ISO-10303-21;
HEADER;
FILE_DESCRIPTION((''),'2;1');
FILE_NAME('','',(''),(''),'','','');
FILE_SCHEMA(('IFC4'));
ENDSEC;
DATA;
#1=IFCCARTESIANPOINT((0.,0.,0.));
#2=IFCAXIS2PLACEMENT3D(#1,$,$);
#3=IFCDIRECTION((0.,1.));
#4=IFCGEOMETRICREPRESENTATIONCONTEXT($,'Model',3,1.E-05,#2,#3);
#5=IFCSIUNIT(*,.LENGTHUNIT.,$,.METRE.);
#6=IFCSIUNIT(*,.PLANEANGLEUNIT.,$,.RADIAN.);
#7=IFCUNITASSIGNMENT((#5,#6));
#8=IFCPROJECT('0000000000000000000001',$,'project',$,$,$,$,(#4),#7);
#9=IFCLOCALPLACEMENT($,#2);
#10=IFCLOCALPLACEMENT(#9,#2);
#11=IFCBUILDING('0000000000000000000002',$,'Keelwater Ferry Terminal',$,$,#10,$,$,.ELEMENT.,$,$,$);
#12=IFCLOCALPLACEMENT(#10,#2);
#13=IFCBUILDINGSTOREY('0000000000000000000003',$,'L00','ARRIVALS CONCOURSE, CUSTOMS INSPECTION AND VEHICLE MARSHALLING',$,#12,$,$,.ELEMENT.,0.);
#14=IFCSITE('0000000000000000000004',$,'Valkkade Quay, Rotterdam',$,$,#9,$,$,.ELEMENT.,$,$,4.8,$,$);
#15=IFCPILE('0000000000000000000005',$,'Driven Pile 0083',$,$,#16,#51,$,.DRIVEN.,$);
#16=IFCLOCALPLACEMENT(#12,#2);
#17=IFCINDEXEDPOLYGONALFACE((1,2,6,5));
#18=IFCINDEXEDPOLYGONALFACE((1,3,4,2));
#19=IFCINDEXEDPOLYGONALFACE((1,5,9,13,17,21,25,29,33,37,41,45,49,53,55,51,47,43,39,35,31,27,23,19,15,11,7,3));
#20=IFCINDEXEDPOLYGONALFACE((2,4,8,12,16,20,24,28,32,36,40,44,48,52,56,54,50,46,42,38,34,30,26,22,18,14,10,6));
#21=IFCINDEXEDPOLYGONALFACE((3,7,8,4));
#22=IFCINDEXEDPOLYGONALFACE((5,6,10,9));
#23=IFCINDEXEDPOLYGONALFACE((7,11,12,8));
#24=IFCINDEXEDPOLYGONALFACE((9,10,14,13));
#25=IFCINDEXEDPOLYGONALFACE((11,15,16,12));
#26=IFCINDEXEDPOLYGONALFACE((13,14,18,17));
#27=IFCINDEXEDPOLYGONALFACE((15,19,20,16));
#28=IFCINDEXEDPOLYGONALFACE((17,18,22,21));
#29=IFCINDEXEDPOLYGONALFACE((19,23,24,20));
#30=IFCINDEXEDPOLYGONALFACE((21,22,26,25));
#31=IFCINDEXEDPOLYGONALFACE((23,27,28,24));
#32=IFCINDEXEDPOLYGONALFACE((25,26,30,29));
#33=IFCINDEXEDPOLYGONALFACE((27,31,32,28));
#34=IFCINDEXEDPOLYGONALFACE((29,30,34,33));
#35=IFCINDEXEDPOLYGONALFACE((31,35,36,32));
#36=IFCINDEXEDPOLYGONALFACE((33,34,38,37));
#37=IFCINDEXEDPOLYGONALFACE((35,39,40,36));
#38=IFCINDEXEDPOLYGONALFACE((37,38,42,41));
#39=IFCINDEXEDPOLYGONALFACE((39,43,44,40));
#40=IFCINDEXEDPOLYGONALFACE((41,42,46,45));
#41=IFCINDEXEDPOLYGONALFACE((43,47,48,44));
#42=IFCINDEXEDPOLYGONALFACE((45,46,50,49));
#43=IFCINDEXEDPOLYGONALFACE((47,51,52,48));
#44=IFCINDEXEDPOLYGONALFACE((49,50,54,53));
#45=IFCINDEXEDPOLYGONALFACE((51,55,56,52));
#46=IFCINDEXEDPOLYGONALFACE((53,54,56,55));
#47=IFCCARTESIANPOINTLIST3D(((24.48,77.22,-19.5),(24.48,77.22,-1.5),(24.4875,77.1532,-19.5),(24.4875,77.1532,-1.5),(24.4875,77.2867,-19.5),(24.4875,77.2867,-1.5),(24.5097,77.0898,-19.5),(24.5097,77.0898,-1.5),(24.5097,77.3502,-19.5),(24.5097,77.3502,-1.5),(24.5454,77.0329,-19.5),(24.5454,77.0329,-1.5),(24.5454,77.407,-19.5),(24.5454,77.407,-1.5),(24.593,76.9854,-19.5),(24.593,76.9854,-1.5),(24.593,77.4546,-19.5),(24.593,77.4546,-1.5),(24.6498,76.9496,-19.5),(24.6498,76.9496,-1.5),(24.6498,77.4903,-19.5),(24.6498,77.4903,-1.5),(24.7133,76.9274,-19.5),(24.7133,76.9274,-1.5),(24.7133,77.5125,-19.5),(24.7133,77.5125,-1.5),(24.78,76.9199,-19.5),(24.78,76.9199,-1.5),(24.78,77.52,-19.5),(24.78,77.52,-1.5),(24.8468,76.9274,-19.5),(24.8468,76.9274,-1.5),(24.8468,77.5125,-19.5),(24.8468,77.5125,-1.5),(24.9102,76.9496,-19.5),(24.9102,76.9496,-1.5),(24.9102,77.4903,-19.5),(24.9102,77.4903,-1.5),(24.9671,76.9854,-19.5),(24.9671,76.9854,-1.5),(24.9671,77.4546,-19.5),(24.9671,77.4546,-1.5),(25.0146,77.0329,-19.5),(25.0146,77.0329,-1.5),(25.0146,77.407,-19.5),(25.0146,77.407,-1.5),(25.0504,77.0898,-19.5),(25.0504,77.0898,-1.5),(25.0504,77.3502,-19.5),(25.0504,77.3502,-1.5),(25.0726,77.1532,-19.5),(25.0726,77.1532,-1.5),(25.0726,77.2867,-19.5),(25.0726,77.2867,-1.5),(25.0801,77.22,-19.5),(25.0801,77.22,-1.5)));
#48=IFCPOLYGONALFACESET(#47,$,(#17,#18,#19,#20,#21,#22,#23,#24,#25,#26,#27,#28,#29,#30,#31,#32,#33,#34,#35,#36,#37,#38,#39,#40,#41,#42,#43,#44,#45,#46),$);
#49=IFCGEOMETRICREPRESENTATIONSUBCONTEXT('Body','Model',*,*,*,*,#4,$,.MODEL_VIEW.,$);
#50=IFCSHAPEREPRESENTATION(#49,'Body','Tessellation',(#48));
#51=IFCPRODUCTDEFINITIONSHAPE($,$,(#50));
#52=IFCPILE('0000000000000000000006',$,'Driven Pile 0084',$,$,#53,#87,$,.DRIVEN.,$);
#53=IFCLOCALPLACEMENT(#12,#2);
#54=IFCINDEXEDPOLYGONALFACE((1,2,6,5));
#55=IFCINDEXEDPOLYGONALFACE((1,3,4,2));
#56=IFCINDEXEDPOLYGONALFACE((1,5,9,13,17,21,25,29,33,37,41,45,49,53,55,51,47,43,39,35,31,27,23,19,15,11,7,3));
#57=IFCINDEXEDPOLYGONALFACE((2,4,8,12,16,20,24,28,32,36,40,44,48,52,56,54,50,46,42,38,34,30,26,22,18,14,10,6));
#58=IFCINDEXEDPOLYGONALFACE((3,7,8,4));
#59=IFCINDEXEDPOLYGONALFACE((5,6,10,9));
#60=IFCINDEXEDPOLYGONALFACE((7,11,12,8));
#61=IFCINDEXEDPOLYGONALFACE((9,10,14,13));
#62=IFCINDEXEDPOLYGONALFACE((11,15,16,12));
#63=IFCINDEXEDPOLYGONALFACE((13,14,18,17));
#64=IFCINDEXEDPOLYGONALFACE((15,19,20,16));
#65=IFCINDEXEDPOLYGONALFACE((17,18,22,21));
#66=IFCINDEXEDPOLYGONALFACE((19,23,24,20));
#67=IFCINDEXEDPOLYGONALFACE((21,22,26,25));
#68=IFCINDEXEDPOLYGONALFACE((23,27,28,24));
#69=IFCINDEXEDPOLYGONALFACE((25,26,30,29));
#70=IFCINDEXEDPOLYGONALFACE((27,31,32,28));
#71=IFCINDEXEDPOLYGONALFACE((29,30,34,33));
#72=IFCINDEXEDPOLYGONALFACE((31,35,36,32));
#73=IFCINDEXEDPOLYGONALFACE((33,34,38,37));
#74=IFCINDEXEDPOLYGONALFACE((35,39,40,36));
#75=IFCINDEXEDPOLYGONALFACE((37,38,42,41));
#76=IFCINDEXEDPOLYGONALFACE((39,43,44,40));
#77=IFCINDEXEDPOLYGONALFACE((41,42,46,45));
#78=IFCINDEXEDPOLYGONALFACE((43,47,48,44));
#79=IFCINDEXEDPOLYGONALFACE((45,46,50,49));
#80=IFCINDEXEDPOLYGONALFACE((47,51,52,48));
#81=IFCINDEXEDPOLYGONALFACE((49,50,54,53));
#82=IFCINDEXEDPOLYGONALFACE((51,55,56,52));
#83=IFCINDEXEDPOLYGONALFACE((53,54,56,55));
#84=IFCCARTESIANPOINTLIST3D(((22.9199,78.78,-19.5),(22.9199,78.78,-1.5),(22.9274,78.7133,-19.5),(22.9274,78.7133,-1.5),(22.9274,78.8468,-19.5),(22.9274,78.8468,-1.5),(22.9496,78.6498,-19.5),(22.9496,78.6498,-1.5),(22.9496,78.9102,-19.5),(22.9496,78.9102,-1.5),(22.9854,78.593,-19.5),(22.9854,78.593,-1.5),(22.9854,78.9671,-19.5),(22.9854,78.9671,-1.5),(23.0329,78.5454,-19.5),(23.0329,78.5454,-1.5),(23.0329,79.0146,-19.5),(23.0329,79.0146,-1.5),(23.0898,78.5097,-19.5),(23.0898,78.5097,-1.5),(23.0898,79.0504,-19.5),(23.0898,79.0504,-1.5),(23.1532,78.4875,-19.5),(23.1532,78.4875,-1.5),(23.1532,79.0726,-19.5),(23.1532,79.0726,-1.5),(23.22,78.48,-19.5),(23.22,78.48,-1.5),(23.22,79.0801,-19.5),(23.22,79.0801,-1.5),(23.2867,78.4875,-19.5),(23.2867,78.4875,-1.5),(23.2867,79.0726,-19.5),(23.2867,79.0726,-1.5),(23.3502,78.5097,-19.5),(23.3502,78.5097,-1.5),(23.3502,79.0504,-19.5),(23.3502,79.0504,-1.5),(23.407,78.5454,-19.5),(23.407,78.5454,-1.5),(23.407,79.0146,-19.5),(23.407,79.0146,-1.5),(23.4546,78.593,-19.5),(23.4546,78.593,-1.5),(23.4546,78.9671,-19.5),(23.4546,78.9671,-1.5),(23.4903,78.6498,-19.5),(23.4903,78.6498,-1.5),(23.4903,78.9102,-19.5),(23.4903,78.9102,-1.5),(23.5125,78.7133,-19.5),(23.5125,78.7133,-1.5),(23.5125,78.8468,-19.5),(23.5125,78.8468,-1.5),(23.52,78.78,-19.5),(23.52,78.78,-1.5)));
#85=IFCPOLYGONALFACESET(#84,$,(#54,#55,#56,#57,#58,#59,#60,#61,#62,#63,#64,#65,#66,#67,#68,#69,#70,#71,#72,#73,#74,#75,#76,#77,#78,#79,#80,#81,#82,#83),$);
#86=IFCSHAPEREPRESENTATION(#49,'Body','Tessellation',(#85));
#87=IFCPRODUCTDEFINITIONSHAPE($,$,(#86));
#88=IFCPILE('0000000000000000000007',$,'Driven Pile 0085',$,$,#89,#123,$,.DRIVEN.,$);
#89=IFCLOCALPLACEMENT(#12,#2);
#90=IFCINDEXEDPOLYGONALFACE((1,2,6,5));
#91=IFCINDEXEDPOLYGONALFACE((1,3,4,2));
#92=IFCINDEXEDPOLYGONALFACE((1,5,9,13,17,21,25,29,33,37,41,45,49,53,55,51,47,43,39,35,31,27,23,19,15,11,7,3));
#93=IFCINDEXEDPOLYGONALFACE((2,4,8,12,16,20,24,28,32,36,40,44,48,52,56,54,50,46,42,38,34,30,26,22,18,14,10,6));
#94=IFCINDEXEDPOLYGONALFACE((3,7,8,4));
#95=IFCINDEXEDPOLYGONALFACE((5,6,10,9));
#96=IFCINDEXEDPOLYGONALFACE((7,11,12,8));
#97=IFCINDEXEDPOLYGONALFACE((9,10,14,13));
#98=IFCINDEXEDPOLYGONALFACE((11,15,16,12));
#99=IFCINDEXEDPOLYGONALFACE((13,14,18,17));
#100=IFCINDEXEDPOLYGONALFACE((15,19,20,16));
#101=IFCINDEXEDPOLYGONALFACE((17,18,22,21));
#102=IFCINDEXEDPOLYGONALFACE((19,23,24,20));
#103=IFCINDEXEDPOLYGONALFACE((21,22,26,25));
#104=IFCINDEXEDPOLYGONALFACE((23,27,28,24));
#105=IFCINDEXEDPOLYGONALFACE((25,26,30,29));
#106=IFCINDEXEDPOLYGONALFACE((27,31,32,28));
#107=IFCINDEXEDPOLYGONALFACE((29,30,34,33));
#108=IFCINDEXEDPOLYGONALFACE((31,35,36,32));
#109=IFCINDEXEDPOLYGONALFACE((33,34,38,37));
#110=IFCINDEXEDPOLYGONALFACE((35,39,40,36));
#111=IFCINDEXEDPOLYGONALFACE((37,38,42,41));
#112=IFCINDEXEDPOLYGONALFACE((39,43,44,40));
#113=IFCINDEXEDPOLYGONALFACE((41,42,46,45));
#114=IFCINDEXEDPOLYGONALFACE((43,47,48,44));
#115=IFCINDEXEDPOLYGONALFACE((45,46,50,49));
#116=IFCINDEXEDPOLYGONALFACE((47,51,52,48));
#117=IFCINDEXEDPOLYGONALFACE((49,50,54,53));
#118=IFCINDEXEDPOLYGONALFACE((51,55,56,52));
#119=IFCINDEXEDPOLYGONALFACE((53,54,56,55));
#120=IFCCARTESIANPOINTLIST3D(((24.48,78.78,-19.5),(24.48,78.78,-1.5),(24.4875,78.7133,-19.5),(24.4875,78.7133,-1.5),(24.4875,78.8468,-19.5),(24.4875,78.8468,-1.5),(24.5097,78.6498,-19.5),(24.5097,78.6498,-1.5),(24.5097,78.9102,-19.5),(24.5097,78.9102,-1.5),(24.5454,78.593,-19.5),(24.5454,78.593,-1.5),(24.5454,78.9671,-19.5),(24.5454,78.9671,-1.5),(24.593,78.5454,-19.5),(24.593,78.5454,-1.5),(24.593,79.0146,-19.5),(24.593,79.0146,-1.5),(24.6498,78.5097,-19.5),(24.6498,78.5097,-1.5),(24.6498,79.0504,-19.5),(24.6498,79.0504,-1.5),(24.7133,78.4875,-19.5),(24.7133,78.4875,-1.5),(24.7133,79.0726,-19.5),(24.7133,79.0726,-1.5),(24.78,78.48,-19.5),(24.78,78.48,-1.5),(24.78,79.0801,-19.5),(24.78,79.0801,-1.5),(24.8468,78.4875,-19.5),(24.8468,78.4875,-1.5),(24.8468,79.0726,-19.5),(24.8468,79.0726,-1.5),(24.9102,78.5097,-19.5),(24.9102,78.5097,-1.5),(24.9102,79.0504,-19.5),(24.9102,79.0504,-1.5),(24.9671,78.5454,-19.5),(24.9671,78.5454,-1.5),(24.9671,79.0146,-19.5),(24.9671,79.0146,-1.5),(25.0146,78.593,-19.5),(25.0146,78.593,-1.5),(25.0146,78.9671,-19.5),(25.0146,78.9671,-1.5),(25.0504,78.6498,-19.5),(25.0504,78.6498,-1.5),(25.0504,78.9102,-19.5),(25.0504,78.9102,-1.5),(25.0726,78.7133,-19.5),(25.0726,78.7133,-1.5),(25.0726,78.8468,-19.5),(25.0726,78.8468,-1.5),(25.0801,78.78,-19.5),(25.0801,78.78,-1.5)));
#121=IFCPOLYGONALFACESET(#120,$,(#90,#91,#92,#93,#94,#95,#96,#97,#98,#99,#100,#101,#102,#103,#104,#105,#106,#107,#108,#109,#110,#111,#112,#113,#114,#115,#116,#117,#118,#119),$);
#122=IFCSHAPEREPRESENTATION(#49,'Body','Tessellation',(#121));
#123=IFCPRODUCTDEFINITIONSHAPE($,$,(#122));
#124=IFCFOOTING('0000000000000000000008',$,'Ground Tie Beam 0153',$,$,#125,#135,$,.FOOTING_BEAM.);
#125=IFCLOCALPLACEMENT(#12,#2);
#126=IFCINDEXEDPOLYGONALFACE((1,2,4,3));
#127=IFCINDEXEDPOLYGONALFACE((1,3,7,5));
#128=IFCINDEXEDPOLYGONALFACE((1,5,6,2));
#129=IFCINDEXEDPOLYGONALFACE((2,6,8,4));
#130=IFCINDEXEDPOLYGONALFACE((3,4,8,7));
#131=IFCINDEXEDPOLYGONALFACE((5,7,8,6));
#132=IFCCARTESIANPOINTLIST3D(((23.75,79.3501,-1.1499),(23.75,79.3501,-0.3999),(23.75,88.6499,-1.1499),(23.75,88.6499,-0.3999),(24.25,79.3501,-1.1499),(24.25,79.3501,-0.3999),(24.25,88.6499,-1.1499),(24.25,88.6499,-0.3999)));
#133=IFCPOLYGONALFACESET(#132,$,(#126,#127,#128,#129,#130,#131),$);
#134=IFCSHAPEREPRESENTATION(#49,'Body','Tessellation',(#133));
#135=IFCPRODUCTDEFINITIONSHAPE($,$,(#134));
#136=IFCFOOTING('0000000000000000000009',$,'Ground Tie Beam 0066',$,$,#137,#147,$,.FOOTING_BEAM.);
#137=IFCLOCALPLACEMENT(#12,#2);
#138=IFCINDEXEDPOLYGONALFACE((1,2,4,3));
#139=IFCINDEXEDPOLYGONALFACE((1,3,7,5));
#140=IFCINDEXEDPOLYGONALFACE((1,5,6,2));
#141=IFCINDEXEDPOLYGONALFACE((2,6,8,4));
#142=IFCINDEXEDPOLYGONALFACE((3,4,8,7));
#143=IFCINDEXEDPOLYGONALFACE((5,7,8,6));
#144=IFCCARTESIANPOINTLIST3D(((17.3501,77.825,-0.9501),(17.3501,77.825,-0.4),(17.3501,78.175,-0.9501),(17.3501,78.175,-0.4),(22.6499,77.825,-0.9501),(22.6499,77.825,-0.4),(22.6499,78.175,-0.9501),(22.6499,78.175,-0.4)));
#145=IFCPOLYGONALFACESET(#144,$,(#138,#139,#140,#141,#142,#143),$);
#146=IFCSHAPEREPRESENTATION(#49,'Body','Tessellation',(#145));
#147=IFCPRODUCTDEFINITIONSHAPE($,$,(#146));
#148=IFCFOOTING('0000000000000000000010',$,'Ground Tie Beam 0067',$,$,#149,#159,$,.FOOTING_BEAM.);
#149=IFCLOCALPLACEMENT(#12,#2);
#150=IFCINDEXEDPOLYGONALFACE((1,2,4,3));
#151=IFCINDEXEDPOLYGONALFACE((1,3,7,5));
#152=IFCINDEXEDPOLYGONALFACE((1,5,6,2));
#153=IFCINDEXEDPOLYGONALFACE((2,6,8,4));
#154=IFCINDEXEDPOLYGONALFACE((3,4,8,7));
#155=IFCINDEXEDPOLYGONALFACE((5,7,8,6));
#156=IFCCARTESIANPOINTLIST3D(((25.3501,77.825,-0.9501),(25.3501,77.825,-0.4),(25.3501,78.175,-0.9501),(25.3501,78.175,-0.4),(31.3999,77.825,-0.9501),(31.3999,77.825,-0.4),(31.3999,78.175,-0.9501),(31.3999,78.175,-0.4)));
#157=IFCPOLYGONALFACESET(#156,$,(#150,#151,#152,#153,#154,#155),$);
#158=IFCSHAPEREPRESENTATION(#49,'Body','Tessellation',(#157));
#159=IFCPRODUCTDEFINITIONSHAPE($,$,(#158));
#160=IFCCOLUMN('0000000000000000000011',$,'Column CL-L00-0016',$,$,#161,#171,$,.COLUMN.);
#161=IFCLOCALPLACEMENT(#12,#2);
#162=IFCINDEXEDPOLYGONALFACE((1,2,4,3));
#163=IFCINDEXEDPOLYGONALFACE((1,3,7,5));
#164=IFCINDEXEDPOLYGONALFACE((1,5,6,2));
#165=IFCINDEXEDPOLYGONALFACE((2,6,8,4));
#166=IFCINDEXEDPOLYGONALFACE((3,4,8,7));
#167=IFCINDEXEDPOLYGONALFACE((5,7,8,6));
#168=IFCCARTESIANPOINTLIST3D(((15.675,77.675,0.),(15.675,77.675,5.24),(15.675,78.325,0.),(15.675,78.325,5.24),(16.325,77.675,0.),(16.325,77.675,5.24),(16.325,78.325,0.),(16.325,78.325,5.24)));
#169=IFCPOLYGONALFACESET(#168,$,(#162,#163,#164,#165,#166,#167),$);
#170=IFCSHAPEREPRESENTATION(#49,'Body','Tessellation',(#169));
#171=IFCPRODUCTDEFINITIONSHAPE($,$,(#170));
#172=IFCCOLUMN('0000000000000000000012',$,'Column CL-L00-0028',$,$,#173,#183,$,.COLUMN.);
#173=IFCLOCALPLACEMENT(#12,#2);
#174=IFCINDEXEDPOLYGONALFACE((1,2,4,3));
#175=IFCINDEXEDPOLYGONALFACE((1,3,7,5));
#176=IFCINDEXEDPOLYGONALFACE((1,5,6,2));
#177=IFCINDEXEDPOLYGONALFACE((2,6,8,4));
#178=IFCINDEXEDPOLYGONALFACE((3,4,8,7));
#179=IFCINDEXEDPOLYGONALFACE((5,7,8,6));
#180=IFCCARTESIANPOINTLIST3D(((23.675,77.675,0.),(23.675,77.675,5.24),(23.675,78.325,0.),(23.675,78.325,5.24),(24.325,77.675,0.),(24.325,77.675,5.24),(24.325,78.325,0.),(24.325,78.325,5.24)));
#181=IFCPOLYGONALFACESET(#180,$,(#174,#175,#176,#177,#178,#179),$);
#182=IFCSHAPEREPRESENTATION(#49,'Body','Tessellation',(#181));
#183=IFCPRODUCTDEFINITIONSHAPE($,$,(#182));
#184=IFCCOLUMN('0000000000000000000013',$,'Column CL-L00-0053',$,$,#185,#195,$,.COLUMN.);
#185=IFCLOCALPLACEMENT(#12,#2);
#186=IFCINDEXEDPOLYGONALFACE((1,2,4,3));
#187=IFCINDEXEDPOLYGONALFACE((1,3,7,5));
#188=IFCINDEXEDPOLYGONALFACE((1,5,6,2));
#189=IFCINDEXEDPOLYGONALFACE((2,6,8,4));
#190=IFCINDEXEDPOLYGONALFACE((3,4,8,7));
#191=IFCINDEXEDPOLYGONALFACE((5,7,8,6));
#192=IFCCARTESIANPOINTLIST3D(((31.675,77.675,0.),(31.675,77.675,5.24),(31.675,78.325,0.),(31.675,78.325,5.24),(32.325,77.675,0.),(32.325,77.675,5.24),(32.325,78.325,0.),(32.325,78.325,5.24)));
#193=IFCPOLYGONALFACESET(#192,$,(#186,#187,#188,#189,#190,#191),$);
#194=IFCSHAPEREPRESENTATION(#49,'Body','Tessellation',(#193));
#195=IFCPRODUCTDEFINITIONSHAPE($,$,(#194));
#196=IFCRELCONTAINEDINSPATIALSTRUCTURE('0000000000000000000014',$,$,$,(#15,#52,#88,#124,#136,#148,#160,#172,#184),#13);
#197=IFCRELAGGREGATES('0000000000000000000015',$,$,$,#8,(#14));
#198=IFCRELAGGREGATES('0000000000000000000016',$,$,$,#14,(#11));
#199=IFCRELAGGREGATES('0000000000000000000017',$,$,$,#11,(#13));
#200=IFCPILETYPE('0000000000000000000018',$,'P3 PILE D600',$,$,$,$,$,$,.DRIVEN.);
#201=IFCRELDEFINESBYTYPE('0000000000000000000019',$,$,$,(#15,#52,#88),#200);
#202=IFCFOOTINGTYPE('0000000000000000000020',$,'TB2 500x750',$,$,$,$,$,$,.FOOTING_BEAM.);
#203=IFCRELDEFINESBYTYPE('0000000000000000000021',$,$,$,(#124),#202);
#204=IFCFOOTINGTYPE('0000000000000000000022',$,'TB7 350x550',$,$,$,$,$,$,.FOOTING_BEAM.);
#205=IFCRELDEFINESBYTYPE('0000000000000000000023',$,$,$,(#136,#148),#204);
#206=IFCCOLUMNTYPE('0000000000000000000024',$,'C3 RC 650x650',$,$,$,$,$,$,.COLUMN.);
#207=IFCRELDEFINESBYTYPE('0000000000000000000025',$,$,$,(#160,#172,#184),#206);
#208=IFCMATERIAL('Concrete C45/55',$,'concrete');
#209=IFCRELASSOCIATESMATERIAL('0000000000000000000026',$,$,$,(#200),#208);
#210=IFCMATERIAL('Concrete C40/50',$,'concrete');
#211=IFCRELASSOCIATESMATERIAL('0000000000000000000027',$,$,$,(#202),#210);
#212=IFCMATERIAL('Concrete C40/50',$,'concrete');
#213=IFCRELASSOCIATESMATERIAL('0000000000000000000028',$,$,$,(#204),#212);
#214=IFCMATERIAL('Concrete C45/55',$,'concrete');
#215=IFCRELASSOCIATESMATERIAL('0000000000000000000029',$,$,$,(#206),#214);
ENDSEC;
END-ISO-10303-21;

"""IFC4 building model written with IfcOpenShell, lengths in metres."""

from ifc_helpers import new_model, si_unit, direction, frame, origin, origin_2d, place, context, subcontext, project, spatial, rectangle, circle, extrude, material, material_profile, profile_set, type_object, element, save


model = new_model("IFC4")

# Units and contexts
model_context = context("Model", 3, precision=1e-05, world=origin(), true_north=direction((0.0, 1.0)))
body_context = subcontext(model_context, "Body", "Model", "MODEL_VIEW")
ifc_project = project(units=[si_unit("LENGTHUNIT", "METRE"), si_unit("PLANEANGLEUNIT", "RADIAN")], contexts=[model_context])

# Site, building, storey
site_placement = place(None, origin())
site = spatial("IfcSite", under=ifc_project, at=site_placement, Name="Valkkade Quay, Rotterdam", CompositionType="ELEMENT", RefElevation=4.8)
building_placement = place(site_placement, origin())
building = spatial("IfcBuilding", under=site, at=building_placement, Name="Keelwater Ferry Terminal", CompositionType="ELEMENT")
storey_placement = place(building_placement, origin())
storey = spatial("IfcBuildingStorey", under=building, at=storey_placement, Name="L00", Description="ARRIVALS CONCOURSE, CUSTOMS INSPECTION AND VEHICLE MARSHALLING", CompositionType="ELEMENT", Elevation=0.0)

# Piles
ifc_material_1 = material(Name="Concrete C45/55", Category="concrete")
ifc_material_profile_1 = material_profile(ifc_material_1, circle(Radius=0.3, at=origin_2d()), Name="PILE D600")
ifc_profile_set_1 = profile_set([ifc_material_profile_1], Name="Concrete C45/55")
pile_type = type_object("IfcPileType", Name="P3 PILE D600", PredefinedType="DRIVEN", material=ifc_profile_set_1)
for number, where, z_axis, x_axis, name in (
    (1, (24.78, 77.22, -1.5), (0.0, 0.0, -1.0), (1.0, 0.0, 0.0), "Driven Pile 0083"),
    (2, (23.22, 78.78, -1.5), (0.0, 0.0, -1.0), (1.0, 0.0, 0.0), "Driven Pile 0084"),
    (3, (24.78, 78.78, -1.5), (0.0, 0.0, -1.0), (1.0, 0.0, 0.0), "Driven Pile 0085"),
):
    element("IfcPile", number, at=place(storey_placement, frame(where, z_axis=z_axis, x_axis=x_axis)), inside=storey, type_object=pile_type, Name=name, PredefinedType="DRIVEN", context=body_context, shape_type="SweptSolid", body=[
        extrude(circle(Radius=0.3, at=origin_2d()), origin(), (0.0, 0.0, 1.0), 18.0),
    ])

# Footings
ifc_material_2 = material(Name="Concrete C40/50", Category="concrete")
ifc_material_profile_2 = material_profile(ifc_material_2, rectangle(XDim=0.5, YDim=0.75, at=origin_2d()), Name="TB 500x750")
ifc_profile_set_2 = profile_set([ifc_material_profile_2], Name="Concrete C40/50")
footing_type_1 = type_object("IfcFootingType", Name="TB2 500x750", PredefinedType="FOOTING_BEAM", material=ifc_profile_set_2)
footing_1_placement = place(storey_placement, frame((24.0, 79.3501, -0.7749), z_axis=(0.0, 1.0, 0.0), x_axis=(-1.0, 0.0, 0.0)))
element("IfcFooting", 4, at=footing_1_placement, inside=storey, type_object=footing_type_1, Name="Ground Tie Beam 0153", PredefinedType="FOOTING_BEAM", context=body_context, shape_type="SweptSolid", body=[
    extrude(rectangle(XDim=0.5, YDim=0.75, at=origin_2d()), origin(), (0.0, 0.0, 1.0), 9.2998),
])
ifc_material_3 = material(Name="Concrete C40/50", Category="concrete")
ifc_material_profile_3 = material_profile(ifc_material_3, rectangle(XDim=0.3501, YDim=0.55, at=origin_2d()), Name="TB 350x550")
ifc_profile_set_3 = profile_set([ifc_material_profile_3], Name="Concrete C40/50")
footing_type_2 = type_object("IfcFootingType", Name="TB7 350x550", PredefinedType="FOOTING_BEAM", material=ifc_profile_set_3)
footing_2_placement = place(storey_placement, frame((17.3501, 78.0, -0.675), z_axis=(1.0, 0.0, 0.0), x_axis=(0.0, 1.0, 0.0)))
element("IfcFooting", 5, at=footing_2_placement, inside=storey, type_object=footing_type_2, Name="Ground Tie Beam 0066", PredefinedType="FOOTING_BEAM", context=body_context, shape_type="SweptSolid", body=[
    extrude(rectangle(XDim=0.3501, YDim=0.55, at=origin_2d()), origin(), (0.0, 0.0, 1.0), 5.2998),
])
footing_3_placement = place(storey_placement, frame((25.3501, 78.0, -0.675), z_axis=(1.0, 0.0, 0.0), x_axis=(0.0, 1.0, 0.0)))
element("IfcFooting", 6, at=footing_3_placement, inside=storey, type_object=footing_type_2, Name="Ground Tie Beam 0067", PredefinedType="FOOTING_BEAM", context=body_context, shape_type="SweptSolid", body=[
    extrude(rectangle(XDim=0.3501, YDim=0.55, at=origin_2d()), origin(), (0.0, 0.0, 1.0), 6.0498),
])

# Columns
ifc_material_4 = material(Name="Concrete C45/55", Category="concrete")
ifc_material_profile_4 = material_profile(ifc_material_4, rectangle(XDim=0.6499, YDim=0.6499, at=origin_2d()), Name="RC 650x650")
ifc_profile_set_4 = profile_set([ifc_material_profile_4], Name="Concrete C45/55")
column_type = type_object("IfcColumnType", Name="C3 RC 650x650", PredefinedType="COLUMN", material=ifc_profile_set_4)
for number, where, z_axis, x_axis, name in (
    (7, (16.0, 78.0, 0.0), (0.0, 0.0, 1.0), (1.0, 0.0, 0.0), "Column CL-L00-0016"),
    (8, (24.0, 78.0, 0.0), (0.0, 0.0, 1.0), (1.0, 0.0, 0.0), "Column CL-L00-0028"),
    (9, (32.0, 78.0, 0.0), (0.0, 0.0, 1.0), (1.0, 0.0, 0.0), "Column CL-L00-0053"),
):
    element("IfcColumn", number, at=place(storey_placement, frame(where, z_axis=z_axis, x_axis=x_axis)), inside=storey, type_object=column_type, Name=name, PredefinedType="COLUMN", context=body_context, shape_type="SweptSolid", body=[
        extrude(rectangle(XDim=0.6499, YDim=0.6499, at=origin_2d()), origin(), (0.0, 0.0, 1.0), 5.24),
    ])

save(model, "model.ifc")
